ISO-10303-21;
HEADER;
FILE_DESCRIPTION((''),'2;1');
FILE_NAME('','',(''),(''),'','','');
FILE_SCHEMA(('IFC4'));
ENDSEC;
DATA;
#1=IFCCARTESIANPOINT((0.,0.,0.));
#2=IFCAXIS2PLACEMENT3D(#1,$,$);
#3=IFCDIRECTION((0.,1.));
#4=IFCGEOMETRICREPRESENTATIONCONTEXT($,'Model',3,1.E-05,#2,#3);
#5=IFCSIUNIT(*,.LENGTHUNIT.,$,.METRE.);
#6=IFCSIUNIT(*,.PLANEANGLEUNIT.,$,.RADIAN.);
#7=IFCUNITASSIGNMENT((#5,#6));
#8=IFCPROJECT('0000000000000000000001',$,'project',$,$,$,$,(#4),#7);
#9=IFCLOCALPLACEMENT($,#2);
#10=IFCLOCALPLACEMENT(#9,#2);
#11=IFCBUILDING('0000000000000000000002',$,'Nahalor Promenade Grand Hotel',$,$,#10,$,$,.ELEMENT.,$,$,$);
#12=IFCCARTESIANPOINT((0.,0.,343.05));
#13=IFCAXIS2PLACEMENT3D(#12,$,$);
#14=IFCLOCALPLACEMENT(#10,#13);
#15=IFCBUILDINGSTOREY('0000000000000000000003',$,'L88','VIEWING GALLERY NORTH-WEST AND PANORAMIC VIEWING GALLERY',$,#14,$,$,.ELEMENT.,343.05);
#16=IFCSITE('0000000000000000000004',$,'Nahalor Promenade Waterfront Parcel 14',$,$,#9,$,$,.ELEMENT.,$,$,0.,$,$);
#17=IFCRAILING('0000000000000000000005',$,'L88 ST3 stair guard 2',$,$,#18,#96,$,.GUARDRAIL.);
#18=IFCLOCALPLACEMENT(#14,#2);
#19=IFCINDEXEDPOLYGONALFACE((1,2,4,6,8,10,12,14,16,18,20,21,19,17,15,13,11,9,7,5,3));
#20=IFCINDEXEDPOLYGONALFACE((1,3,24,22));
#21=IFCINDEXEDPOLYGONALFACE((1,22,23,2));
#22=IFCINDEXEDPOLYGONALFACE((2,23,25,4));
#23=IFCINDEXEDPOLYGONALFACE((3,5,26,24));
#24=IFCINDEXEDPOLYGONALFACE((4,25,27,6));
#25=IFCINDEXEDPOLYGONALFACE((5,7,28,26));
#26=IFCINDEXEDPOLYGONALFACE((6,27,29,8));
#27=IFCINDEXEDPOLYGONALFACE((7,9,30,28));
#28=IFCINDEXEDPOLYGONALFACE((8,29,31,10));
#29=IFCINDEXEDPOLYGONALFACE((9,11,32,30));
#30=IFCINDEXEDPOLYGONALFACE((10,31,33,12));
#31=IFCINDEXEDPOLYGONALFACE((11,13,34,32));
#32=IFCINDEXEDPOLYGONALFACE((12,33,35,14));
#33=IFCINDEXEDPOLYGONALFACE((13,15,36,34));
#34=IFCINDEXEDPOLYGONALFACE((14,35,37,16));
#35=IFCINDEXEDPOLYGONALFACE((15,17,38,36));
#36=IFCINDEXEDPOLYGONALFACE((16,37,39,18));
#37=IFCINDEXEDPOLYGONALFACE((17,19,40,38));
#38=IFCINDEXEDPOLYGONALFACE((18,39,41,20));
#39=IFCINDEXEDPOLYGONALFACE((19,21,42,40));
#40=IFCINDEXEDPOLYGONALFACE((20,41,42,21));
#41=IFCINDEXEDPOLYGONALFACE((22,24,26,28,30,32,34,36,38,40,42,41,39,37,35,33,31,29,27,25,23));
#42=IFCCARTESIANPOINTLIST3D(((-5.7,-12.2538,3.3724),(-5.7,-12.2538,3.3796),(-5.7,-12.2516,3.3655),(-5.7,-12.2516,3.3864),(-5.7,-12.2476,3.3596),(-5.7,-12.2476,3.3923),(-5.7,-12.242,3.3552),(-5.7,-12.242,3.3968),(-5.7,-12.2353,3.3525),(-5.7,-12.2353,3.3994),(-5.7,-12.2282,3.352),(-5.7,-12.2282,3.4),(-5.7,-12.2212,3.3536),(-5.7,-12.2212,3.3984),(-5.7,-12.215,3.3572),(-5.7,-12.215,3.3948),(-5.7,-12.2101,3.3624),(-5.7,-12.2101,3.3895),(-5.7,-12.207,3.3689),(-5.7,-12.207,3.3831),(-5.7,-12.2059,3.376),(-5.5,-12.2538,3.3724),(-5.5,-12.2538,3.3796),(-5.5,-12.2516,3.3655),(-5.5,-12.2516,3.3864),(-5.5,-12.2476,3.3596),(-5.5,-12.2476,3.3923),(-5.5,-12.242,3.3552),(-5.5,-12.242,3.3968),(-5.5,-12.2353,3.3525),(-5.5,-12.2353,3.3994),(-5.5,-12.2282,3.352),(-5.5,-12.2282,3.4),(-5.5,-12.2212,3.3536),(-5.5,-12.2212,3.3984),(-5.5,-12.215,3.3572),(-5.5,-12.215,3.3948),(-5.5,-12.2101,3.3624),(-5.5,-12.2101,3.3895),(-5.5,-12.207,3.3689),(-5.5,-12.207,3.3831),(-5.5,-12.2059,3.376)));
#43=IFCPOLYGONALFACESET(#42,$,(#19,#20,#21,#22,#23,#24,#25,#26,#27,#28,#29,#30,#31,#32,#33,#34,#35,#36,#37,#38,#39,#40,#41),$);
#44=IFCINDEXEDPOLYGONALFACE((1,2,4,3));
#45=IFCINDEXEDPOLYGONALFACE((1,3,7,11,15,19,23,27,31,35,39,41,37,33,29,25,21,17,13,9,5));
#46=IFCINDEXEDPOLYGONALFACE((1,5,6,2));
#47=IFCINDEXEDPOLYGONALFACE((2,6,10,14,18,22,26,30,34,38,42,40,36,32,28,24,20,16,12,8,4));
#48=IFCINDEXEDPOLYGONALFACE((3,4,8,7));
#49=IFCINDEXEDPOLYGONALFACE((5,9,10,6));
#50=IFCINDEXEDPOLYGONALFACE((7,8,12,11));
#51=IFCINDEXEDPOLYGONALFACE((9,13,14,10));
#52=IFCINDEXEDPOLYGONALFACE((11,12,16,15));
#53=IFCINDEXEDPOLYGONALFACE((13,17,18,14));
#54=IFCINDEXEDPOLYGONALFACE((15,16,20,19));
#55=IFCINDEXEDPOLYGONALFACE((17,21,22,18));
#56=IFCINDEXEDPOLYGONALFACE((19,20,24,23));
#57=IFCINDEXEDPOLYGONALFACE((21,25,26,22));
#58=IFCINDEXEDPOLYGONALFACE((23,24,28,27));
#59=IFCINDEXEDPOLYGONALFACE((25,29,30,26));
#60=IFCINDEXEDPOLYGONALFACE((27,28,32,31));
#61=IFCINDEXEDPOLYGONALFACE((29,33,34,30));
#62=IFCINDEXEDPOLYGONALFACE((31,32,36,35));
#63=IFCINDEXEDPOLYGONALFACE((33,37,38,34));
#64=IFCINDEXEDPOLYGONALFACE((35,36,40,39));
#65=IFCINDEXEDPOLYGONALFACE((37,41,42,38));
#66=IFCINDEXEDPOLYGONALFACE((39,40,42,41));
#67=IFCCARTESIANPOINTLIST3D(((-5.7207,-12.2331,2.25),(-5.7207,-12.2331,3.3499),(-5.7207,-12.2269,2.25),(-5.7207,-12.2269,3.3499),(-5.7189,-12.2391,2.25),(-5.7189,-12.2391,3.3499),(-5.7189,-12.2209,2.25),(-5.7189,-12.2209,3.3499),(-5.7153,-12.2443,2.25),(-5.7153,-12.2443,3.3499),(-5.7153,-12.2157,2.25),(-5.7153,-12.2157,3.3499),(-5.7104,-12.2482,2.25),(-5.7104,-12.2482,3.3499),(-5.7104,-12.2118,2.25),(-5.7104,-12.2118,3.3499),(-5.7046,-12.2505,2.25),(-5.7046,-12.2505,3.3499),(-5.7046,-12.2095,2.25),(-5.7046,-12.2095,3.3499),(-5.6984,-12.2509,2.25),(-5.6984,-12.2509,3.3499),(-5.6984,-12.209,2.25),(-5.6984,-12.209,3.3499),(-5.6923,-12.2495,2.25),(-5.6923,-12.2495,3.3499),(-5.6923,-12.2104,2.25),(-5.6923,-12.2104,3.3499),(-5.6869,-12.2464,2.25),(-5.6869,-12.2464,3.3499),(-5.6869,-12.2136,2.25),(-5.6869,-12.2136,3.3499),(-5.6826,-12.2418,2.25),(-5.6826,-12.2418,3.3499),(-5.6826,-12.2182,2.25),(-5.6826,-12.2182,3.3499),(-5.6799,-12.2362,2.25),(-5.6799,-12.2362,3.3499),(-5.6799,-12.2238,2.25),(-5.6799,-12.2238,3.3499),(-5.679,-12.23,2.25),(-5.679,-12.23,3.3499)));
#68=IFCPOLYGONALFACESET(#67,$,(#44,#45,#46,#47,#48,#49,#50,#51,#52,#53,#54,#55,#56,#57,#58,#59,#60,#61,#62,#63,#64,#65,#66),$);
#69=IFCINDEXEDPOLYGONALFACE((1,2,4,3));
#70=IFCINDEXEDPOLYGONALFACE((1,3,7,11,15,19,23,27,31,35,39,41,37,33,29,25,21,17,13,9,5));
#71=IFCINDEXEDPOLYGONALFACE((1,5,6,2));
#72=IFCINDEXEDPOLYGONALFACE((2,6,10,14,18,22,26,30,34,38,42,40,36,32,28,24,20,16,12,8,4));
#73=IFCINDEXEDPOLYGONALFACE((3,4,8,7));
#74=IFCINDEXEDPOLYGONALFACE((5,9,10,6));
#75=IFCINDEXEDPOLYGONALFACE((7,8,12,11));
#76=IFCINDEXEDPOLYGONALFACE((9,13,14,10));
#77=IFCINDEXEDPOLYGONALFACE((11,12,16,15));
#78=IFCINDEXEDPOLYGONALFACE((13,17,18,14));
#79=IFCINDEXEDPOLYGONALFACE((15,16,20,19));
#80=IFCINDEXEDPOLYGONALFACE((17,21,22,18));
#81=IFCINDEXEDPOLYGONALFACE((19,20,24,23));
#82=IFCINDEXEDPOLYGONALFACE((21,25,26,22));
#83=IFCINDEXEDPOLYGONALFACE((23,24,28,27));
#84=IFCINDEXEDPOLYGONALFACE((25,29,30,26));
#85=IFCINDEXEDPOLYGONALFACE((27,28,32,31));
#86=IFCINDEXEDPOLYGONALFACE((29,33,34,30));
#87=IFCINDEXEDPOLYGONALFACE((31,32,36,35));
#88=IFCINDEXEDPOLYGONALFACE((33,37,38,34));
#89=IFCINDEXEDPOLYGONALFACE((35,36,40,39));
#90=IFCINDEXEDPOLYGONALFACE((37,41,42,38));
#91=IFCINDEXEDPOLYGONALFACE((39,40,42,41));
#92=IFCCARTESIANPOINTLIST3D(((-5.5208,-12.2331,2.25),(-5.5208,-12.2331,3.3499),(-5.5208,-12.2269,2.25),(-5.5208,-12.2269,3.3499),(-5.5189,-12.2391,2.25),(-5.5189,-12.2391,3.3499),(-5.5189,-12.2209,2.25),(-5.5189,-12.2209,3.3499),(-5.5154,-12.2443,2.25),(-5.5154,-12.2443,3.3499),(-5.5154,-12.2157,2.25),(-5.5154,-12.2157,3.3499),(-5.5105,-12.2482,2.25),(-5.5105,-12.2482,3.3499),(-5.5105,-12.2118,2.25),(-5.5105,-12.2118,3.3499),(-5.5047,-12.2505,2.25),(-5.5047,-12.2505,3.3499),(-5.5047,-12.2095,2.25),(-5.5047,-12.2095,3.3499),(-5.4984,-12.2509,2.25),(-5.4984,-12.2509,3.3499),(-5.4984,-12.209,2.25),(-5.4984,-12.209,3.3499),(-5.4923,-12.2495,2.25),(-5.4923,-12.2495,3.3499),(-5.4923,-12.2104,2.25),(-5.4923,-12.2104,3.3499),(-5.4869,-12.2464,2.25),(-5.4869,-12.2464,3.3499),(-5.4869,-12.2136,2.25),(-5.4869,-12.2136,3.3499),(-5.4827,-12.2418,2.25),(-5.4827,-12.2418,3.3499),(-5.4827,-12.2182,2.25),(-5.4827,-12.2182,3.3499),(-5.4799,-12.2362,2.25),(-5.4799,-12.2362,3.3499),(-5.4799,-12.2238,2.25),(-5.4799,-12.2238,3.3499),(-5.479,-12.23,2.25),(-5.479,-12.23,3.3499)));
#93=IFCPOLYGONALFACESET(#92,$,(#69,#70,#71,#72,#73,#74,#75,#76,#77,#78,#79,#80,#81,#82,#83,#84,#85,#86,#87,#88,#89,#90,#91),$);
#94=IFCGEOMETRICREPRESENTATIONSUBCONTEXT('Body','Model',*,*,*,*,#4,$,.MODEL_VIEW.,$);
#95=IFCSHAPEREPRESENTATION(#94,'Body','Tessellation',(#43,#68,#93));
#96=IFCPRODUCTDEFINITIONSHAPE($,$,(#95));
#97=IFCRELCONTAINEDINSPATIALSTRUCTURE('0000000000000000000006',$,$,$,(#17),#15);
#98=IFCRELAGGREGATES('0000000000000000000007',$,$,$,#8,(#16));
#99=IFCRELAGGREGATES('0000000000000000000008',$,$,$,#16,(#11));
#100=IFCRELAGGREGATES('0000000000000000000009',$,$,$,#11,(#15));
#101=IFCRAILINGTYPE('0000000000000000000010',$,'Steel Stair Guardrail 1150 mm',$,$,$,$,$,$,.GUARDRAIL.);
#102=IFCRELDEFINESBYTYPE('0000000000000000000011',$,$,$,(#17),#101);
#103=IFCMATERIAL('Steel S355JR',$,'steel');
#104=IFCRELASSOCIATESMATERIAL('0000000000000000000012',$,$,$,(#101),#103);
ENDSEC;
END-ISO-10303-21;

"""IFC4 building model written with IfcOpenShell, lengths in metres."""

from ifc_helpers import new_model, si_unit, direction, frame, origin, origin_2d, place, context, subcontext, project, spatial, circle, extrude, material, type_object, element, save


model = new_model("IFC4")

# Units and contexts
model_context = context("Model", 3, precision=1e-05, world=origin(), true_north=direction((0.0, 1.0)))
body_context = subcontext(model_context, "Body", "Model", "MODEL_VIEW")
ifc_project = project(units=[si_unit("LENGTHUNIT", "METRE"), si_unit("PLANEANGLEUNIT", "RADIAN")], contexts=[model_context])

# Site, building, storey
site_placement = place(None, origin())
site = spatial("IfcSite", under=ifc_project, at=site_placement, Name="Nahalor Promenade Waterfront Parcel 14", CompositionType="ELEMENT", RefElevation=0.0)
building_placement = place(site_placement, origin())
building = spatial("IfcBuilding", under=site, at=building_placement, Name="Nahalor Promenade Grand Hotel", CompositionType="ELEMENT")
storey_placement = place(building_placement, frame((0.0, 0.0, 343.05)))
storey = spatial("IfcBuildingStorey", under=building, at=storey_placement, Name="L88", Description="VIEWING GALLERY NORTH-WEST AND PANORAMIC VIEWING GALLERY", CompositionType="ELEMENT", Elevation=343.05)

# Shared definitions
ifc_material_1 = material(Name="Steel S355JR", Category="steel")

# Railing
railing_type_1 = type_object("IfcRailingType", Name="Steel Stair Guardrail 1150 mm", PredefinedType="GUARDRAIL", material=ifc_material_1)
railing_1_placement = place(storey_placement, frame((-5.7, -12.23, 2.25)))
element("IfcRailing", 1, at=railing_1_placement, inside=storey, type_object=railing_type_1, Name="L88 ST3 stair guard 2", PredefinedType="GUARDRAIL", context=body_context, shape_type="SweptSolid", body=[
    extrude(circle(Radius=0.024, at=origin_2d()), frame((0.0, 0.0, 1.126), z_axis=(1.0, 0.0, 0.0), x_axis=(0.0, 1.0, 0.0)), (0.0, 0.0, 1.0), 0.2),
    extrude(circle(Radius=0.021, at=origin_2d()), origin(), (0.0, 0.0, 1.0), 1.0999),
    extrude(circle(Radius=0.021, at=origin_2d()), frame((0.2, 0.0, 0.0)), (0.0, 0.0, 1.0), 1.0999),
])

save(model, "model.ifc")
